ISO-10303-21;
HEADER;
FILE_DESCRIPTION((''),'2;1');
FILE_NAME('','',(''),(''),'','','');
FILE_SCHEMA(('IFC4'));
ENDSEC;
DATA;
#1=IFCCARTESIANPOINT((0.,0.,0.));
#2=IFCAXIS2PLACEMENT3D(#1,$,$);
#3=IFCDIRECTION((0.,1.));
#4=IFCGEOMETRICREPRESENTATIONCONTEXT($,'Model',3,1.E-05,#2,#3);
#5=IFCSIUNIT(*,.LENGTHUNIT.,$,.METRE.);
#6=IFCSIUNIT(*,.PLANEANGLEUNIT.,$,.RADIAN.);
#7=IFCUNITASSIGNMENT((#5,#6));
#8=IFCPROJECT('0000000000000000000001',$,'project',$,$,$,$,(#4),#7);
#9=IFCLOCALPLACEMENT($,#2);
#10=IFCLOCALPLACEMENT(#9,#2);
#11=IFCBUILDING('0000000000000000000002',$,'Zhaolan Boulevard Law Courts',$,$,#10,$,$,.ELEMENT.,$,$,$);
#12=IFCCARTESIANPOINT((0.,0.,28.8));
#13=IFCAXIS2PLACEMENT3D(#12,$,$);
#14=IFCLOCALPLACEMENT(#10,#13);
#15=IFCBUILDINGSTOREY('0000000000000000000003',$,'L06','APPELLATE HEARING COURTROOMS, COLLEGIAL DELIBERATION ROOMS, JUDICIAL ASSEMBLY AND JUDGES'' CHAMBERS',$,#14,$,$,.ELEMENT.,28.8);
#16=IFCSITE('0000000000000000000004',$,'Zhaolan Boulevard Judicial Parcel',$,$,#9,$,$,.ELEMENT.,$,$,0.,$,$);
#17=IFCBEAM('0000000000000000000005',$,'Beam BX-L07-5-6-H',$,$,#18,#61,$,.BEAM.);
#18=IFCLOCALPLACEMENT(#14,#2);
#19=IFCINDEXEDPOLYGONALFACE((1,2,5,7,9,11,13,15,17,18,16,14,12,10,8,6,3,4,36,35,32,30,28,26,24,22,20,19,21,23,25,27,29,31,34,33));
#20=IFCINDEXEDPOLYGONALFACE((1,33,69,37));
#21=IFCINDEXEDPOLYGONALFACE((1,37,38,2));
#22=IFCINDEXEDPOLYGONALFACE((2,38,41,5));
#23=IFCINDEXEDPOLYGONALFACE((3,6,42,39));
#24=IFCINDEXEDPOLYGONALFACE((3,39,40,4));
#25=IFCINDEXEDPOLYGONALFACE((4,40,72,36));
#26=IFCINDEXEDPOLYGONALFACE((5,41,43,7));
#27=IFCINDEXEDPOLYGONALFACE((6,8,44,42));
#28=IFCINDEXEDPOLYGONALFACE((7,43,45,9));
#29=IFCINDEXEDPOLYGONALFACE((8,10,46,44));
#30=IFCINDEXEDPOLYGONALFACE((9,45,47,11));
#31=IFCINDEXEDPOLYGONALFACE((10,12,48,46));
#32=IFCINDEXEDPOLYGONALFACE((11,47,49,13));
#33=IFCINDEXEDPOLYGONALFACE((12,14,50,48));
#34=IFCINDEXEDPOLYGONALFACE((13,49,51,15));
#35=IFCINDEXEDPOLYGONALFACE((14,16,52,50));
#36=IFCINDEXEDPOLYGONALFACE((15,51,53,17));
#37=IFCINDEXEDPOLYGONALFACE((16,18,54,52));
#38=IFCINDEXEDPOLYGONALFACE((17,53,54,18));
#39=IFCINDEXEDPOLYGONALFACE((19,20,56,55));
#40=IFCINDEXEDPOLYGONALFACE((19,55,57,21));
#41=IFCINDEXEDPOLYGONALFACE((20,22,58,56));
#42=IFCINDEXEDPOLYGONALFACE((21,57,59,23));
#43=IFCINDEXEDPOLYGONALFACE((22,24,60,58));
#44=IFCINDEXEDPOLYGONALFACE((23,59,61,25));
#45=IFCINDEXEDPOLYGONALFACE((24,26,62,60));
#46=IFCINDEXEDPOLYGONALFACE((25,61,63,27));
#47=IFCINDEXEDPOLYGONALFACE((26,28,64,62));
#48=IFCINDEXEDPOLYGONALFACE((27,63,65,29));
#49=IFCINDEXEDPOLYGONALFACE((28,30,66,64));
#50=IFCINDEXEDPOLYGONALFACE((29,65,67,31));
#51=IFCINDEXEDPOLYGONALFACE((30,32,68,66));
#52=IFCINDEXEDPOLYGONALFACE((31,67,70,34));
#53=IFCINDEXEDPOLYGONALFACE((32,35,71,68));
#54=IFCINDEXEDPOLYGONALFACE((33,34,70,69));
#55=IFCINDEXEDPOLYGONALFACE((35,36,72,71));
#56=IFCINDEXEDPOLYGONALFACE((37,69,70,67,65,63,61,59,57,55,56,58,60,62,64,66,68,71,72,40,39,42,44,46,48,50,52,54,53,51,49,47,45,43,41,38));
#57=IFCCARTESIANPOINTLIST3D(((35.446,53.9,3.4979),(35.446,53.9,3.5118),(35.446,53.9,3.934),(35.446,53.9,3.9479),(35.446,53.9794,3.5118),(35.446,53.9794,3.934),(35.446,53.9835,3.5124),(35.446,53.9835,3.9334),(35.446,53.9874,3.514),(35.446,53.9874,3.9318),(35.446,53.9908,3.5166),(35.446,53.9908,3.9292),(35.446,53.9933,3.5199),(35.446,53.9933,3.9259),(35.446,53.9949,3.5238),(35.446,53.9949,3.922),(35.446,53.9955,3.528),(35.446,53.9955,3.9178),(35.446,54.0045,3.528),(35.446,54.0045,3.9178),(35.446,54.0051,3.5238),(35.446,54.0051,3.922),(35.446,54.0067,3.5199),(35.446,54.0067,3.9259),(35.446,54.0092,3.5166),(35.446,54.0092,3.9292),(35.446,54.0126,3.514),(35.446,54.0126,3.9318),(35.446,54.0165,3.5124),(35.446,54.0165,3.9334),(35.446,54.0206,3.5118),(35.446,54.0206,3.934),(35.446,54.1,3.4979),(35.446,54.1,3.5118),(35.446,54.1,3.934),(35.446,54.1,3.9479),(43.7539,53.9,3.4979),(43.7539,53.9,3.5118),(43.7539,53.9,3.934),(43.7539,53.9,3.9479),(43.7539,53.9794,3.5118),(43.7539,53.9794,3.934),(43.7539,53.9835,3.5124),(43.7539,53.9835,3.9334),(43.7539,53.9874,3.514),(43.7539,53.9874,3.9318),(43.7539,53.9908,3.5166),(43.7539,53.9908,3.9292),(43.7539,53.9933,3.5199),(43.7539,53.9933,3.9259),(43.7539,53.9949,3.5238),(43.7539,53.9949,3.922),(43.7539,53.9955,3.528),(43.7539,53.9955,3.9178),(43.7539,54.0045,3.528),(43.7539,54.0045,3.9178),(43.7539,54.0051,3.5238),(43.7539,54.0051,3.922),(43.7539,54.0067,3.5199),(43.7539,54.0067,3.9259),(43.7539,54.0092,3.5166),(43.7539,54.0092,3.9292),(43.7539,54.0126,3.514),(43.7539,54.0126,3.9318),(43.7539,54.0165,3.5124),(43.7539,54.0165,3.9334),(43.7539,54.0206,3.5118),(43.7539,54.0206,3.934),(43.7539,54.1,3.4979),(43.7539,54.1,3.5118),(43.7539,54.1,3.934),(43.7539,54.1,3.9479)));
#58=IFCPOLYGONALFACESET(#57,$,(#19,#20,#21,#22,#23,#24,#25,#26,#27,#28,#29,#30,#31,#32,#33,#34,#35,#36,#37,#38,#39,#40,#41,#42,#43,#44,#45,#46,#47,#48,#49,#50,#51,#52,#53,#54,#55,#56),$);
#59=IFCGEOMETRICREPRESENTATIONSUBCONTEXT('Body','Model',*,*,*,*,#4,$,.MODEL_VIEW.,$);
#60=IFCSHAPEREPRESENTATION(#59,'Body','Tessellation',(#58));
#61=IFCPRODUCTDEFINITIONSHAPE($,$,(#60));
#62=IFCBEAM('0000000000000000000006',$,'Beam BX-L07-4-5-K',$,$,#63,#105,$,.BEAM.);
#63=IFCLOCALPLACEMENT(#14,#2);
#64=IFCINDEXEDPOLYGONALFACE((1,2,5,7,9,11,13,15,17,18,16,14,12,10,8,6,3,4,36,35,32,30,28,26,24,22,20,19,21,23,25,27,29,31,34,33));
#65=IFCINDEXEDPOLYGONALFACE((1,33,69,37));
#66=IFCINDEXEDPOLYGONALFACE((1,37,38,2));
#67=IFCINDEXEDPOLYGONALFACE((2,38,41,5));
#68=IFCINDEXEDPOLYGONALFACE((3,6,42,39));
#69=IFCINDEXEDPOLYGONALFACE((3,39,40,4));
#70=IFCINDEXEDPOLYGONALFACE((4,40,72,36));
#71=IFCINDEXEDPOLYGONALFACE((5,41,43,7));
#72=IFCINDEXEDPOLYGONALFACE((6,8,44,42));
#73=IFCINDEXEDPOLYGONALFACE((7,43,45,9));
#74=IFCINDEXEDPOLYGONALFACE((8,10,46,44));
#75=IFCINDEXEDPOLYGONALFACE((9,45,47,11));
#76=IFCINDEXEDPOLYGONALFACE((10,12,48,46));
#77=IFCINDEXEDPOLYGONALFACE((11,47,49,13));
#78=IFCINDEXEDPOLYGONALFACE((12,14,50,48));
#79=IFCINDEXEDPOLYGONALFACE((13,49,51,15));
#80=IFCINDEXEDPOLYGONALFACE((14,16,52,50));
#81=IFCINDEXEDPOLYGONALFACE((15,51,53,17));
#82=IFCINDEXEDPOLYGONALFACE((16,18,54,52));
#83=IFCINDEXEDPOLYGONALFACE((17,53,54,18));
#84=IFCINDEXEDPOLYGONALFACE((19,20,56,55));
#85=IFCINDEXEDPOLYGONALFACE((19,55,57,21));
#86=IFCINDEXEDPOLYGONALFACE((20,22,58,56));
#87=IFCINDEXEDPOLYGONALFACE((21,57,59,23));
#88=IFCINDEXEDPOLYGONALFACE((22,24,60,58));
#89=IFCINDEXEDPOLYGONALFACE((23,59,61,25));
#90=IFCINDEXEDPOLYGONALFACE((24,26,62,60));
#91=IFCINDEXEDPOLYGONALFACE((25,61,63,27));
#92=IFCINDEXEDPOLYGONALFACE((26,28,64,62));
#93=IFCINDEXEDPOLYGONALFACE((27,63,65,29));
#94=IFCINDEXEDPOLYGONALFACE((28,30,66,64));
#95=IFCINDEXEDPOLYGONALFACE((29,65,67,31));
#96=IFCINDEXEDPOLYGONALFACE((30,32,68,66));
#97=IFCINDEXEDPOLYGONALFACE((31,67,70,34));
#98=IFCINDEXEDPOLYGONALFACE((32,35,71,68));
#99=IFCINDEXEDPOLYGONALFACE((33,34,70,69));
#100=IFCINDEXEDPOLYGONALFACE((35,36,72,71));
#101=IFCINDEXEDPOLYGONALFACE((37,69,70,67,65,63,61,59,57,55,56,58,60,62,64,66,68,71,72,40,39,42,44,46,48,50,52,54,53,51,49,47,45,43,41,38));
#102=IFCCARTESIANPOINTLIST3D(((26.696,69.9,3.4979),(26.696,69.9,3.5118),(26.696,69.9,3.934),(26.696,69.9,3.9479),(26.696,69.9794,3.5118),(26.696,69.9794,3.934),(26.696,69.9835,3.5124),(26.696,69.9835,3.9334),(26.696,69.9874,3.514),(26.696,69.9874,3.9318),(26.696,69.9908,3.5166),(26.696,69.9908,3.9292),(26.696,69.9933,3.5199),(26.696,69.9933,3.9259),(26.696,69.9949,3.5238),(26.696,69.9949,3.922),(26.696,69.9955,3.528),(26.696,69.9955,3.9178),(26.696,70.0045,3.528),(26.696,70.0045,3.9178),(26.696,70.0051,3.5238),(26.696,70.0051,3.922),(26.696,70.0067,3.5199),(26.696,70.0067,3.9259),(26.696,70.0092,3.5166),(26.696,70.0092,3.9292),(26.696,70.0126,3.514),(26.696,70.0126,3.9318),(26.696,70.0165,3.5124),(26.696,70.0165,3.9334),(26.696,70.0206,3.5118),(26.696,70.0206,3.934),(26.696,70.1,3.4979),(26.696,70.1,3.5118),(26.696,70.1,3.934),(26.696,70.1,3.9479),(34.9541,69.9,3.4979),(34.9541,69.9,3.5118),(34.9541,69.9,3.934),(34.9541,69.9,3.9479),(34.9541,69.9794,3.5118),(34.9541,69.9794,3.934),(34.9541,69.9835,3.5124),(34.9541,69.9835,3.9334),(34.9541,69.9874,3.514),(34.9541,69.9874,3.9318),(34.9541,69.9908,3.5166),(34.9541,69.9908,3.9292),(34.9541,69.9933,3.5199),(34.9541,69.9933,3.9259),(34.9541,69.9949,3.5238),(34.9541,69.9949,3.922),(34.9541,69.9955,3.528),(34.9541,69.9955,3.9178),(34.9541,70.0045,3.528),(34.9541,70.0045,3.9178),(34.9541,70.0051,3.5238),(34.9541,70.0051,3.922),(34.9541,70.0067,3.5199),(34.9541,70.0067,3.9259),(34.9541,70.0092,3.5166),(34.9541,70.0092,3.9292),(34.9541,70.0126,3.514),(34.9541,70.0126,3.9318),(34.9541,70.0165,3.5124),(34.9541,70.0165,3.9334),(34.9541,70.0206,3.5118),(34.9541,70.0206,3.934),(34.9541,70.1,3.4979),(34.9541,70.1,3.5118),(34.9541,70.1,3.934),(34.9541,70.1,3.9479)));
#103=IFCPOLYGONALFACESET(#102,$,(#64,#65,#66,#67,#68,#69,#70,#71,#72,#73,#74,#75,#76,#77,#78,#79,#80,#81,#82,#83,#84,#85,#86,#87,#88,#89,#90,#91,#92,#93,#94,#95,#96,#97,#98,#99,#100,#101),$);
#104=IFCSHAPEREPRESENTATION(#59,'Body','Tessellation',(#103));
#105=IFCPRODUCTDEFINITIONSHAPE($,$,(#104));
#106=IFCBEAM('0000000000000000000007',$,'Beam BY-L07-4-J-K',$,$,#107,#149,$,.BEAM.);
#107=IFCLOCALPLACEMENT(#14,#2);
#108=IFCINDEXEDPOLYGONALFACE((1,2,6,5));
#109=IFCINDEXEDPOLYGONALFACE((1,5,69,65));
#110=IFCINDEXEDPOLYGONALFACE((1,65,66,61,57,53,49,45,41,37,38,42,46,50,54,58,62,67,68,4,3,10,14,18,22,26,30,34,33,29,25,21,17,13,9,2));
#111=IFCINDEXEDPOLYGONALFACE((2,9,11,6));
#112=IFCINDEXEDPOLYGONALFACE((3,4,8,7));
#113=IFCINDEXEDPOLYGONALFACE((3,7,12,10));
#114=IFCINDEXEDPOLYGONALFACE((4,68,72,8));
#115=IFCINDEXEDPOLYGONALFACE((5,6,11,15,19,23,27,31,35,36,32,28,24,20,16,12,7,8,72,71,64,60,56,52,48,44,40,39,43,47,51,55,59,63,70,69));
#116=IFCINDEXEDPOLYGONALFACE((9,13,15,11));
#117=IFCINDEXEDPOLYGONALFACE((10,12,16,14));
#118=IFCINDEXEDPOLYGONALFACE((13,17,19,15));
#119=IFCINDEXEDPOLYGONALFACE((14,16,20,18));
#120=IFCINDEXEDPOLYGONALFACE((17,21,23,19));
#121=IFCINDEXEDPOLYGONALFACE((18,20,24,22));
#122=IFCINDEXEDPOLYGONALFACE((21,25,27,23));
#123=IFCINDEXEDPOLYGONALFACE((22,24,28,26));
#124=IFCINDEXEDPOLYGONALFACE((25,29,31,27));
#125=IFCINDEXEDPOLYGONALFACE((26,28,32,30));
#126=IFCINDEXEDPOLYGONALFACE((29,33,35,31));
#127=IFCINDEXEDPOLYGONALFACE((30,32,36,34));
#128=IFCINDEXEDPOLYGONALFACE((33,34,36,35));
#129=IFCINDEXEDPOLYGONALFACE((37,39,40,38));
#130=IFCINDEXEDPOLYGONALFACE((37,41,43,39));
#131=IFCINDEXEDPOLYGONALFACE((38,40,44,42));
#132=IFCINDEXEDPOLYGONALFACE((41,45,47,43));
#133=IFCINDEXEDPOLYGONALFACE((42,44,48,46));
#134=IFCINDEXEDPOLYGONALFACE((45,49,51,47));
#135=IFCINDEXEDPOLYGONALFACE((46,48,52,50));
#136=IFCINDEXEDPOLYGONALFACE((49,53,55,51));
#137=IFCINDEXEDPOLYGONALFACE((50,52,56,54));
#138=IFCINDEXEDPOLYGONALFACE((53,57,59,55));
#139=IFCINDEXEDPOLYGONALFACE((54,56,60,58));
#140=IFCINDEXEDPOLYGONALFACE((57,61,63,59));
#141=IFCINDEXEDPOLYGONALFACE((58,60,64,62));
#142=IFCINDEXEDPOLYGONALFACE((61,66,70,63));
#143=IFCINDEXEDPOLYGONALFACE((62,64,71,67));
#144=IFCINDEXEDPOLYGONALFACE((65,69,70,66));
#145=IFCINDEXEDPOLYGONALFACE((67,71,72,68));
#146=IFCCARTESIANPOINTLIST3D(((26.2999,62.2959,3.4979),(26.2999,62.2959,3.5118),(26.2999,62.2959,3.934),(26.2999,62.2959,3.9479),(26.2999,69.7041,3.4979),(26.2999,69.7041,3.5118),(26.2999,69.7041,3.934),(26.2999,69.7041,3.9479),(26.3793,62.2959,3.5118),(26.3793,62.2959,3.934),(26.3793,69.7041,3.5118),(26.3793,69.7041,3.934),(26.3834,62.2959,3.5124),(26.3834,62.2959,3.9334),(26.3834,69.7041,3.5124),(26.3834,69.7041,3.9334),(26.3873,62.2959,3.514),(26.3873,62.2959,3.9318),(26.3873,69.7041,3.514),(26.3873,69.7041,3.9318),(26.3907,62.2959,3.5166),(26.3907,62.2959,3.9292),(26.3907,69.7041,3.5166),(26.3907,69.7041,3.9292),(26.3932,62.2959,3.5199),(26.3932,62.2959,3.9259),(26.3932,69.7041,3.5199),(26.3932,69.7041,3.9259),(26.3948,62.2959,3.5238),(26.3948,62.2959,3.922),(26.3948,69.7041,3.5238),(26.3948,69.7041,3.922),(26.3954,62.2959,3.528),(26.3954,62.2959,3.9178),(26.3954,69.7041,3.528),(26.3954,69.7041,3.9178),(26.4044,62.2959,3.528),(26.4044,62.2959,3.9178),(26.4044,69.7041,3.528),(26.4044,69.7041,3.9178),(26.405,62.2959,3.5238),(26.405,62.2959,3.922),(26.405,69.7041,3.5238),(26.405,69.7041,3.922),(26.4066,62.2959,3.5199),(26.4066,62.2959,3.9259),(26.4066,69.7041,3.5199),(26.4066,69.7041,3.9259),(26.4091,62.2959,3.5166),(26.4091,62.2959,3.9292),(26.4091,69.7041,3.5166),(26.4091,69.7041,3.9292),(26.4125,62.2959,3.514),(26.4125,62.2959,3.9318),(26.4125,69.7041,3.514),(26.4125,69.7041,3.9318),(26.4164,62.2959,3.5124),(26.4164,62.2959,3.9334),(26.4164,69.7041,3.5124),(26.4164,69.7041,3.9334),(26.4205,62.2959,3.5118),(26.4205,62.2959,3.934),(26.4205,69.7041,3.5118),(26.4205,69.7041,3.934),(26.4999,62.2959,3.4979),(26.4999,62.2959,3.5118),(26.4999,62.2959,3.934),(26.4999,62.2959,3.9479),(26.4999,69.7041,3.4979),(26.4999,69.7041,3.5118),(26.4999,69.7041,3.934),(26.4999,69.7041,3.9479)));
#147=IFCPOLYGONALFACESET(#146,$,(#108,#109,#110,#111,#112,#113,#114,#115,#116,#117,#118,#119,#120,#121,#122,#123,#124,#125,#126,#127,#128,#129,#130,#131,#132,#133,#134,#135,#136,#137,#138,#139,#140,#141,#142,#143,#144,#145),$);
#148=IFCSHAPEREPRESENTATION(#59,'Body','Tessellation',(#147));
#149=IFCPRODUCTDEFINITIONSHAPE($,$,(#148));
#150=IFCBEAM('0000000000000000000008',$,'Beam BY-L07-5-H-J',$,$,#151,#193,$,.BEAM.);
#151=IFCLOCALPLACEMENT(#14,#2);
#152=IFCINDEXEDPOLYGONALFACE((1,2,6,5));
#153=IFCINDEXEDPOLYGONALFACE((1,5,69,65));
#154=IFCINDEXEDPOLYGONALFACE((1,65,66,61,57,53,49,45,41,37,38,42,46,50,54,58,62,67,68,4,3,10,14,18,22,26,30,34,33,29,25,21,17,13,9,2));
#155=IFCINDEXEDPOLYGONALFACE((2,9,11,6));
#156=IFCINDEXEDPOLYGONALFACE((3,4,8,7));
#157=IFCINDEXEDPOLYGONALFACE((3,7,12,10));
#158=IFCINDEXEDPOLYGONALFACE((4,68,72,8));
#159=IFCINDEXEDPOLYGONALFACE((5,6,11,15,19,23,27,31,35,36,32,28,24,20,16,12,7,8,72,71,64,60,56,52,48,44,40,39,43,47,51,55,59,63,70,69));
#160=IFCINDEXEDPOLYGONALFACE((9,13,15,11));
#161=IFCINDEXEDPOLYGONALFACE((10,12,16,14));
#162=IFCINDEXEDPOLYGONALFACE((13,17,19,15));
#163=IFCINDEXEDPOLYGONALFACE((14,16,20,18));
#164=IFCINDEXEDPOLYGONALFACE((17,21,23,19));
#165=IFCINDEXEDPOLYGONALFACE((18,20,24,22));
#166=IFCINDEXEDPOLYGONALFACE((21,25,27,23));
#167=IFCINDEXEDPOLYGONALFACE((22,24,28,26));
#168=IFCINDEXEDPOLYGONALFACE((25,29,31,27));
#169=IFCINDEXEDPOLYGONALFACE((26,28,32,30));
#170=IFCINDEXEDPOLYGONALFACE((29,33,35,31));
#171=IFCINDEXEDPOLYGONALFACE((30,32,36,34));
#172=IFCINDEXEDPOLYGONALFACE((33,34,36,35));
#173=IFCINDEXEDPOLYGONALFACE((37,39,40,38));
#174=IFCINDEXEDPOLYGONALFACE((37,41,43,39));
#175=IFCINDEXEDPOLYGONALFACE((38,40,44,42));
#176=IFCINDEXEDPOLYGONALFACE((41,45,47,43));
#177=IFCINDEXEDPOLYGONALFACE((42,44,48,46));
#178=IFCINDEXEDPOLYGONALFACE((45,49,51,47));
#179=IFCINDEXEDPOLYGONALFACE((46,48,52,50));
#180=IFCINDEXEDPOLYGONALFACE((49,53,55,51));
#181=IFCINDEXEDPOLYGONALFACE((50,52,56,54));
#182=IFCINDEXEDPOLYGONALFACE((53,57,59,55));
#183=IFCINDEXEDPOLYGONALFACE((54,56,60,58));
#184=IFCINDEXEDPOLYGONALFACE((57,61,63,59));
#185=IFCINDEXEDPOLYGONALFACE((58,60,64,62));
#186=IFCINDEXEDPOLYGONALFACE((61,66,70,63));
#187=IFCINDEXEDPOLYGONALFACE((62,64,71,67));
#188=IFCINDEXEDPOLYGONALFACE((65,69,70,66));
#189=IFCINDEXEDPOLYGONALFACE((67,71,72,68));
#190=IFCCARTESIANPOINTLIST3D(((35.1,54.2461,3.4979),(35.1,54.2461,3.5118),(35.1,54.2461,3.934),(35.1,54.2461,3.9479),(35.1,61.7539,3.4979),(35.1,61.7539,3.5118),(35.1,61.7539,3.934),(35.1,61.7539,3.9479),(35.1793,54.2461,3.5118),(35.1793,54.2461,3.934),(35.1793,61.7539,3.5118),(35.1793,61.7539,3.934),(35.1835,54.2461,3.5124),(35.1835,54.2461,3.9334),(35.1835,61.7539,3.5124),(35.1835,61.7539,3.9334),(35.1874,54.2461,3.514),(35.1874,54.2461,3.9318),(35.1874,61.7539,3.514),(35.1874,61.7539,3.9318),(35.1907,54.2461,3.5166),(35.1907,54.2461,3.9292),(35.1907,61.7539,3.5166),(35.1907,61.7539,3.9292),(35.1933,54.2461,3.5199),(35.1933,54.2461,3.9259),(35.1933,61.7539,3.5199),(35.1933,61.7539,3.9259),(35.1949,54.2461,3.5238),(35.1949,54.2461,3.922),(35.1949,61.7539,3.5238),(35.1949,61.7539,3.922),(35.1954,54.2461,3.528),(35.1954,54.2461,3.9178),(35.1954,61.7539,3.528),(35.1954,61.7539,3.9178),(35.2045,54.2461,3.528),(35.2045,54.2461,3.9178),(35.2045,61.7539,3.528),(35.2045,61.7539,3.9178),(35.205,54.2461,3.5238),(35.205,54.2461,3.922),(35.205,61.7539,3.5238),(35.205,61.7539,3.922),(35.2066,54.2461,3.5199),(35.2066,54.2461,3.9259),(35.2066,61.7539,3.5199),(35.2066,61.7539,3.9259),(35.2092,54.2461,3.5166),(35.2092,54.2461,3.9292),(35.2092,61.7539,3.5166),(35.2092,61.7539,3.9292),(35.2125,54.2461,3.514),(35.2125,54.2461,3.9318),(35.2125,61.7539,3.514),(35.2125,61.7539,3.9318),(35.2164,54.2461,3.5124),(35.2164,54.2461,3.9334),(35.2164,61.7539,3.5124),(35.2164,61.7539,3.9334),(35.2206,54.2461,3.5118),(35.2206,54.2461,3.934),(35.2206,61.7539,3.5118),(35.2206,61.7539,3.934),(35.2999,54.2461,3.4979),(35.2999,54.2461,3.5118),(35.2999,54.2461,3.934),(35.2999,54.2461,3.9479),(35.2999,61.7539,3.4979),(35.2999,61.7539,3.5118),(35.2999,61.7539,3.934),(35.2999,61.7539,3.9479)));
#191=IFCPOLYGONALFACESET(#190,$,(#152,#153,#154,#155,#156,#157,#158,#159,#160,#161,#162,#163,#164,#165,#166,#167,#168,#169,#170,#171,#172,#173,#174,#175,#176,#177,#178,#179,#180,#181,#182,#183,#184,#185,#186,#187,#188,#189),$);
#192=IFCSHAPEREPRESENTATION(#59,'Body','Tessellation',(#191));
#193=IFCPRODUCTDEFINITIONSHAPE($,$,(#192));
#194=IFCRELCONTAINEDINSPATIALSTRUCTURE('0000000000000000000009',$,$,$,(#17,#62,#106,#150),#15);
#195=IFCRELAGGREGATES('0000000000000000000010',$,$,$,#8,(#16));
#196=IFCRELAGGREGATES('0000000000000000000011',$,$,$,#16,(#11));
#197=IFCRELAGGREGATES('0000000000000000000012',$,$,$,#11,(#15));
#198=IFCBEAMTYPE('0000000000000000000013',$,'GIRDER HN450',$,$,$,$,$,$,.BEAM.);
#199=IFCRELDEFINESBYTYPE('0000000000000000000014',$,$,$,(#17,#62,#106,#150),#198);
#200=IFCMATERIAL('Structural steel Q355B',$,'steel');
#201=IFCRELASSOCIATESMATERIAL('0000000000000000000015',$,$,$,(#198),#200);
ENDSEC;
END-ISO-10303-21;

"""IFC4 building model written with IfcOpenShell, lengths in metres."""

from ifc_helpers import new_model, si_unit, direction, frame, origin, origin_2d, place, context, subcontext, project, spatial, i_section, extrude, material, material_profile, profile_set, type_object, element, save


model = new_model("IFC4")

# Units and contexts
model_context = context("Model", 3, precision=1e-05, world=origin(), true_north=direction((0.0, 1.0)))
body_context = subcontext(model_context, "Body", "Model", "MODEL_VIEW")
ifc_project = project(units=[si_unit("LENGTHUNIT", "METRE"), si_unit("PLANEANGLEUNIT", "RADIAN")], contexts=[model_context])

# Site, building, storey
site_placement = place(None, origin())
site = spatial("IfcSite", under=ifc_project, at=site_placement, Name="Zhaolan Boulevard Judicial Parcel", CompositionType="ELEMENT", RefElevation=0.0)
building_placement = place(site_placement, origin())
building = spatial("IfcBuilding", under=site, at=building_placement, Name="Zhaolan Boulevard Law Courts", CompositionType="ELEMENT")
storey_placement = place(building_placement, frame((0.0, 0.0, 28.8)))
storey = spatial("IfcBuildingStorey", under=building, at=storey_placement, Name="L06", Description="APPELLATE HEARING COURTROOMS, COLLEGIAL DELIBERATION ROOMS, JUDICIAL ASSEMBLY AND JUDGES' CHAMBERS", CompositionType="ELEMENT", Elevation=28.8)

# Beams
ifc_material_1 = material(Name="Structural steel Q355B", Category="steel")
ifc_material_profile_1 = material_profile(ifc_material_1, i_section(OverallWidth=0.2, OverallDepth=0.45, WebThickness=0.009, FlangeThickness=0.0139, FilletRadius=0.0161, at=origin_2d()), Name="HN450x200")
ifc_profile_set_1 = profile_set([ifc_material_profile_1], Name="Structural steel Q355B")
beam_type_1 = type_object("IfcBeamType", Name="GIRDER HN450", PredefinedType="BEAM", material=ifc_profile_set_1)
beam_1_placement = place(storey_placement, frame((35.446, 54.0, 3.7229), z_axis=(1.0, 0.0, 0.0), x_axis=(0.0, 1.0, 0.0)))
element("IfcBeam", 1, at=beam_1_placement, inside=storey, type_object=beam_type_1, Name="Beam BX-L07-5-6-H", PredefinedType="BEAM", context=body_context, shape_type="SweptSolid", body=[
    extrude(i_section(OverallWidth=0.2, OverallDepth=0.45, WebThickness=0.009, FlangeThickness=0.0139, FilletRadius=0.0161, at=origin_2d()), origin(), (0.0, 0.0, 1.0), 8.3079),
])
beam_2_placement = place(storey_placement, frame((26.696, 70.0, 3.7229), z_axis=(1.0, 0.0, 0.0), x_axis=(0.0, 1.0, 0.0)))
element("IfcBeam", 2, at=beam_2_placement, inside=storey, type_object=beam_type_1, Name="Beam BX-L07-4-5-K", PredefinedType="BEAM", context=body_context, shape_type="SweptSolid", body=[
    extrude(i_section(OverallWidth=0.2, OverallDepth=0.45, WebThickness=0.009, FlangeThickness=0.0139, FilletRadius=0.0161, at=origin_2d()), origin(), (0.0, 0.0, 1.0), 8.2581),
])
beam_3_placement = place(storey_placement, frame((26.3999, 62.2959, 3.7229), z_axis=(0.0, 1.0, 0.0), x_axis=(-1.0, 0.0, 0.0)))
element("IfcBeam", 3, at=beam_3_placement, inside=storey, type_object=beam_type_1, Name="Beam BY-L07-4-J-K", PredefinedType="BEAM", context=body_context, shape_type="SweptSolid", body=[
    extrude(i_section(OverallWidth=0.2, OverallDepth=0.45, WebThickness=0.009, FlangeThickness=0.0139, FilletRadius=0.0161, at=origin_2d()), origin(), (0.0, 0.0, 1.0), 7.4082),
])
for number, where, z_axis, x_axis, name in (
    (4, (35.2, 54.2461, 3.7229), (0.0, 1.0, 0.0), (-1.0, 0.0, 0.0), "Beam BY-L07-5-H-J"),
):
    element("IfcBeam", number, at=place(storey_placement, frame(where, z_axis=z_axis, x_axis=x_axis)), inside=storey, type_object=beam_type_1, Name=name, PredefinedType="BEAM", context=body_context, shape_type="SweptSolid", body=[
        extrude(i_section(OverallWidth=0.2, OverallDepth=0.45, WebThickness=0.009, FlangeThickness=0.0139, FilletRadius=0.0161, at=origin_2d()), origin(), (0.0, 0.0, 1.0), 7.5078),
    ])

save(model, "model.ifc")
